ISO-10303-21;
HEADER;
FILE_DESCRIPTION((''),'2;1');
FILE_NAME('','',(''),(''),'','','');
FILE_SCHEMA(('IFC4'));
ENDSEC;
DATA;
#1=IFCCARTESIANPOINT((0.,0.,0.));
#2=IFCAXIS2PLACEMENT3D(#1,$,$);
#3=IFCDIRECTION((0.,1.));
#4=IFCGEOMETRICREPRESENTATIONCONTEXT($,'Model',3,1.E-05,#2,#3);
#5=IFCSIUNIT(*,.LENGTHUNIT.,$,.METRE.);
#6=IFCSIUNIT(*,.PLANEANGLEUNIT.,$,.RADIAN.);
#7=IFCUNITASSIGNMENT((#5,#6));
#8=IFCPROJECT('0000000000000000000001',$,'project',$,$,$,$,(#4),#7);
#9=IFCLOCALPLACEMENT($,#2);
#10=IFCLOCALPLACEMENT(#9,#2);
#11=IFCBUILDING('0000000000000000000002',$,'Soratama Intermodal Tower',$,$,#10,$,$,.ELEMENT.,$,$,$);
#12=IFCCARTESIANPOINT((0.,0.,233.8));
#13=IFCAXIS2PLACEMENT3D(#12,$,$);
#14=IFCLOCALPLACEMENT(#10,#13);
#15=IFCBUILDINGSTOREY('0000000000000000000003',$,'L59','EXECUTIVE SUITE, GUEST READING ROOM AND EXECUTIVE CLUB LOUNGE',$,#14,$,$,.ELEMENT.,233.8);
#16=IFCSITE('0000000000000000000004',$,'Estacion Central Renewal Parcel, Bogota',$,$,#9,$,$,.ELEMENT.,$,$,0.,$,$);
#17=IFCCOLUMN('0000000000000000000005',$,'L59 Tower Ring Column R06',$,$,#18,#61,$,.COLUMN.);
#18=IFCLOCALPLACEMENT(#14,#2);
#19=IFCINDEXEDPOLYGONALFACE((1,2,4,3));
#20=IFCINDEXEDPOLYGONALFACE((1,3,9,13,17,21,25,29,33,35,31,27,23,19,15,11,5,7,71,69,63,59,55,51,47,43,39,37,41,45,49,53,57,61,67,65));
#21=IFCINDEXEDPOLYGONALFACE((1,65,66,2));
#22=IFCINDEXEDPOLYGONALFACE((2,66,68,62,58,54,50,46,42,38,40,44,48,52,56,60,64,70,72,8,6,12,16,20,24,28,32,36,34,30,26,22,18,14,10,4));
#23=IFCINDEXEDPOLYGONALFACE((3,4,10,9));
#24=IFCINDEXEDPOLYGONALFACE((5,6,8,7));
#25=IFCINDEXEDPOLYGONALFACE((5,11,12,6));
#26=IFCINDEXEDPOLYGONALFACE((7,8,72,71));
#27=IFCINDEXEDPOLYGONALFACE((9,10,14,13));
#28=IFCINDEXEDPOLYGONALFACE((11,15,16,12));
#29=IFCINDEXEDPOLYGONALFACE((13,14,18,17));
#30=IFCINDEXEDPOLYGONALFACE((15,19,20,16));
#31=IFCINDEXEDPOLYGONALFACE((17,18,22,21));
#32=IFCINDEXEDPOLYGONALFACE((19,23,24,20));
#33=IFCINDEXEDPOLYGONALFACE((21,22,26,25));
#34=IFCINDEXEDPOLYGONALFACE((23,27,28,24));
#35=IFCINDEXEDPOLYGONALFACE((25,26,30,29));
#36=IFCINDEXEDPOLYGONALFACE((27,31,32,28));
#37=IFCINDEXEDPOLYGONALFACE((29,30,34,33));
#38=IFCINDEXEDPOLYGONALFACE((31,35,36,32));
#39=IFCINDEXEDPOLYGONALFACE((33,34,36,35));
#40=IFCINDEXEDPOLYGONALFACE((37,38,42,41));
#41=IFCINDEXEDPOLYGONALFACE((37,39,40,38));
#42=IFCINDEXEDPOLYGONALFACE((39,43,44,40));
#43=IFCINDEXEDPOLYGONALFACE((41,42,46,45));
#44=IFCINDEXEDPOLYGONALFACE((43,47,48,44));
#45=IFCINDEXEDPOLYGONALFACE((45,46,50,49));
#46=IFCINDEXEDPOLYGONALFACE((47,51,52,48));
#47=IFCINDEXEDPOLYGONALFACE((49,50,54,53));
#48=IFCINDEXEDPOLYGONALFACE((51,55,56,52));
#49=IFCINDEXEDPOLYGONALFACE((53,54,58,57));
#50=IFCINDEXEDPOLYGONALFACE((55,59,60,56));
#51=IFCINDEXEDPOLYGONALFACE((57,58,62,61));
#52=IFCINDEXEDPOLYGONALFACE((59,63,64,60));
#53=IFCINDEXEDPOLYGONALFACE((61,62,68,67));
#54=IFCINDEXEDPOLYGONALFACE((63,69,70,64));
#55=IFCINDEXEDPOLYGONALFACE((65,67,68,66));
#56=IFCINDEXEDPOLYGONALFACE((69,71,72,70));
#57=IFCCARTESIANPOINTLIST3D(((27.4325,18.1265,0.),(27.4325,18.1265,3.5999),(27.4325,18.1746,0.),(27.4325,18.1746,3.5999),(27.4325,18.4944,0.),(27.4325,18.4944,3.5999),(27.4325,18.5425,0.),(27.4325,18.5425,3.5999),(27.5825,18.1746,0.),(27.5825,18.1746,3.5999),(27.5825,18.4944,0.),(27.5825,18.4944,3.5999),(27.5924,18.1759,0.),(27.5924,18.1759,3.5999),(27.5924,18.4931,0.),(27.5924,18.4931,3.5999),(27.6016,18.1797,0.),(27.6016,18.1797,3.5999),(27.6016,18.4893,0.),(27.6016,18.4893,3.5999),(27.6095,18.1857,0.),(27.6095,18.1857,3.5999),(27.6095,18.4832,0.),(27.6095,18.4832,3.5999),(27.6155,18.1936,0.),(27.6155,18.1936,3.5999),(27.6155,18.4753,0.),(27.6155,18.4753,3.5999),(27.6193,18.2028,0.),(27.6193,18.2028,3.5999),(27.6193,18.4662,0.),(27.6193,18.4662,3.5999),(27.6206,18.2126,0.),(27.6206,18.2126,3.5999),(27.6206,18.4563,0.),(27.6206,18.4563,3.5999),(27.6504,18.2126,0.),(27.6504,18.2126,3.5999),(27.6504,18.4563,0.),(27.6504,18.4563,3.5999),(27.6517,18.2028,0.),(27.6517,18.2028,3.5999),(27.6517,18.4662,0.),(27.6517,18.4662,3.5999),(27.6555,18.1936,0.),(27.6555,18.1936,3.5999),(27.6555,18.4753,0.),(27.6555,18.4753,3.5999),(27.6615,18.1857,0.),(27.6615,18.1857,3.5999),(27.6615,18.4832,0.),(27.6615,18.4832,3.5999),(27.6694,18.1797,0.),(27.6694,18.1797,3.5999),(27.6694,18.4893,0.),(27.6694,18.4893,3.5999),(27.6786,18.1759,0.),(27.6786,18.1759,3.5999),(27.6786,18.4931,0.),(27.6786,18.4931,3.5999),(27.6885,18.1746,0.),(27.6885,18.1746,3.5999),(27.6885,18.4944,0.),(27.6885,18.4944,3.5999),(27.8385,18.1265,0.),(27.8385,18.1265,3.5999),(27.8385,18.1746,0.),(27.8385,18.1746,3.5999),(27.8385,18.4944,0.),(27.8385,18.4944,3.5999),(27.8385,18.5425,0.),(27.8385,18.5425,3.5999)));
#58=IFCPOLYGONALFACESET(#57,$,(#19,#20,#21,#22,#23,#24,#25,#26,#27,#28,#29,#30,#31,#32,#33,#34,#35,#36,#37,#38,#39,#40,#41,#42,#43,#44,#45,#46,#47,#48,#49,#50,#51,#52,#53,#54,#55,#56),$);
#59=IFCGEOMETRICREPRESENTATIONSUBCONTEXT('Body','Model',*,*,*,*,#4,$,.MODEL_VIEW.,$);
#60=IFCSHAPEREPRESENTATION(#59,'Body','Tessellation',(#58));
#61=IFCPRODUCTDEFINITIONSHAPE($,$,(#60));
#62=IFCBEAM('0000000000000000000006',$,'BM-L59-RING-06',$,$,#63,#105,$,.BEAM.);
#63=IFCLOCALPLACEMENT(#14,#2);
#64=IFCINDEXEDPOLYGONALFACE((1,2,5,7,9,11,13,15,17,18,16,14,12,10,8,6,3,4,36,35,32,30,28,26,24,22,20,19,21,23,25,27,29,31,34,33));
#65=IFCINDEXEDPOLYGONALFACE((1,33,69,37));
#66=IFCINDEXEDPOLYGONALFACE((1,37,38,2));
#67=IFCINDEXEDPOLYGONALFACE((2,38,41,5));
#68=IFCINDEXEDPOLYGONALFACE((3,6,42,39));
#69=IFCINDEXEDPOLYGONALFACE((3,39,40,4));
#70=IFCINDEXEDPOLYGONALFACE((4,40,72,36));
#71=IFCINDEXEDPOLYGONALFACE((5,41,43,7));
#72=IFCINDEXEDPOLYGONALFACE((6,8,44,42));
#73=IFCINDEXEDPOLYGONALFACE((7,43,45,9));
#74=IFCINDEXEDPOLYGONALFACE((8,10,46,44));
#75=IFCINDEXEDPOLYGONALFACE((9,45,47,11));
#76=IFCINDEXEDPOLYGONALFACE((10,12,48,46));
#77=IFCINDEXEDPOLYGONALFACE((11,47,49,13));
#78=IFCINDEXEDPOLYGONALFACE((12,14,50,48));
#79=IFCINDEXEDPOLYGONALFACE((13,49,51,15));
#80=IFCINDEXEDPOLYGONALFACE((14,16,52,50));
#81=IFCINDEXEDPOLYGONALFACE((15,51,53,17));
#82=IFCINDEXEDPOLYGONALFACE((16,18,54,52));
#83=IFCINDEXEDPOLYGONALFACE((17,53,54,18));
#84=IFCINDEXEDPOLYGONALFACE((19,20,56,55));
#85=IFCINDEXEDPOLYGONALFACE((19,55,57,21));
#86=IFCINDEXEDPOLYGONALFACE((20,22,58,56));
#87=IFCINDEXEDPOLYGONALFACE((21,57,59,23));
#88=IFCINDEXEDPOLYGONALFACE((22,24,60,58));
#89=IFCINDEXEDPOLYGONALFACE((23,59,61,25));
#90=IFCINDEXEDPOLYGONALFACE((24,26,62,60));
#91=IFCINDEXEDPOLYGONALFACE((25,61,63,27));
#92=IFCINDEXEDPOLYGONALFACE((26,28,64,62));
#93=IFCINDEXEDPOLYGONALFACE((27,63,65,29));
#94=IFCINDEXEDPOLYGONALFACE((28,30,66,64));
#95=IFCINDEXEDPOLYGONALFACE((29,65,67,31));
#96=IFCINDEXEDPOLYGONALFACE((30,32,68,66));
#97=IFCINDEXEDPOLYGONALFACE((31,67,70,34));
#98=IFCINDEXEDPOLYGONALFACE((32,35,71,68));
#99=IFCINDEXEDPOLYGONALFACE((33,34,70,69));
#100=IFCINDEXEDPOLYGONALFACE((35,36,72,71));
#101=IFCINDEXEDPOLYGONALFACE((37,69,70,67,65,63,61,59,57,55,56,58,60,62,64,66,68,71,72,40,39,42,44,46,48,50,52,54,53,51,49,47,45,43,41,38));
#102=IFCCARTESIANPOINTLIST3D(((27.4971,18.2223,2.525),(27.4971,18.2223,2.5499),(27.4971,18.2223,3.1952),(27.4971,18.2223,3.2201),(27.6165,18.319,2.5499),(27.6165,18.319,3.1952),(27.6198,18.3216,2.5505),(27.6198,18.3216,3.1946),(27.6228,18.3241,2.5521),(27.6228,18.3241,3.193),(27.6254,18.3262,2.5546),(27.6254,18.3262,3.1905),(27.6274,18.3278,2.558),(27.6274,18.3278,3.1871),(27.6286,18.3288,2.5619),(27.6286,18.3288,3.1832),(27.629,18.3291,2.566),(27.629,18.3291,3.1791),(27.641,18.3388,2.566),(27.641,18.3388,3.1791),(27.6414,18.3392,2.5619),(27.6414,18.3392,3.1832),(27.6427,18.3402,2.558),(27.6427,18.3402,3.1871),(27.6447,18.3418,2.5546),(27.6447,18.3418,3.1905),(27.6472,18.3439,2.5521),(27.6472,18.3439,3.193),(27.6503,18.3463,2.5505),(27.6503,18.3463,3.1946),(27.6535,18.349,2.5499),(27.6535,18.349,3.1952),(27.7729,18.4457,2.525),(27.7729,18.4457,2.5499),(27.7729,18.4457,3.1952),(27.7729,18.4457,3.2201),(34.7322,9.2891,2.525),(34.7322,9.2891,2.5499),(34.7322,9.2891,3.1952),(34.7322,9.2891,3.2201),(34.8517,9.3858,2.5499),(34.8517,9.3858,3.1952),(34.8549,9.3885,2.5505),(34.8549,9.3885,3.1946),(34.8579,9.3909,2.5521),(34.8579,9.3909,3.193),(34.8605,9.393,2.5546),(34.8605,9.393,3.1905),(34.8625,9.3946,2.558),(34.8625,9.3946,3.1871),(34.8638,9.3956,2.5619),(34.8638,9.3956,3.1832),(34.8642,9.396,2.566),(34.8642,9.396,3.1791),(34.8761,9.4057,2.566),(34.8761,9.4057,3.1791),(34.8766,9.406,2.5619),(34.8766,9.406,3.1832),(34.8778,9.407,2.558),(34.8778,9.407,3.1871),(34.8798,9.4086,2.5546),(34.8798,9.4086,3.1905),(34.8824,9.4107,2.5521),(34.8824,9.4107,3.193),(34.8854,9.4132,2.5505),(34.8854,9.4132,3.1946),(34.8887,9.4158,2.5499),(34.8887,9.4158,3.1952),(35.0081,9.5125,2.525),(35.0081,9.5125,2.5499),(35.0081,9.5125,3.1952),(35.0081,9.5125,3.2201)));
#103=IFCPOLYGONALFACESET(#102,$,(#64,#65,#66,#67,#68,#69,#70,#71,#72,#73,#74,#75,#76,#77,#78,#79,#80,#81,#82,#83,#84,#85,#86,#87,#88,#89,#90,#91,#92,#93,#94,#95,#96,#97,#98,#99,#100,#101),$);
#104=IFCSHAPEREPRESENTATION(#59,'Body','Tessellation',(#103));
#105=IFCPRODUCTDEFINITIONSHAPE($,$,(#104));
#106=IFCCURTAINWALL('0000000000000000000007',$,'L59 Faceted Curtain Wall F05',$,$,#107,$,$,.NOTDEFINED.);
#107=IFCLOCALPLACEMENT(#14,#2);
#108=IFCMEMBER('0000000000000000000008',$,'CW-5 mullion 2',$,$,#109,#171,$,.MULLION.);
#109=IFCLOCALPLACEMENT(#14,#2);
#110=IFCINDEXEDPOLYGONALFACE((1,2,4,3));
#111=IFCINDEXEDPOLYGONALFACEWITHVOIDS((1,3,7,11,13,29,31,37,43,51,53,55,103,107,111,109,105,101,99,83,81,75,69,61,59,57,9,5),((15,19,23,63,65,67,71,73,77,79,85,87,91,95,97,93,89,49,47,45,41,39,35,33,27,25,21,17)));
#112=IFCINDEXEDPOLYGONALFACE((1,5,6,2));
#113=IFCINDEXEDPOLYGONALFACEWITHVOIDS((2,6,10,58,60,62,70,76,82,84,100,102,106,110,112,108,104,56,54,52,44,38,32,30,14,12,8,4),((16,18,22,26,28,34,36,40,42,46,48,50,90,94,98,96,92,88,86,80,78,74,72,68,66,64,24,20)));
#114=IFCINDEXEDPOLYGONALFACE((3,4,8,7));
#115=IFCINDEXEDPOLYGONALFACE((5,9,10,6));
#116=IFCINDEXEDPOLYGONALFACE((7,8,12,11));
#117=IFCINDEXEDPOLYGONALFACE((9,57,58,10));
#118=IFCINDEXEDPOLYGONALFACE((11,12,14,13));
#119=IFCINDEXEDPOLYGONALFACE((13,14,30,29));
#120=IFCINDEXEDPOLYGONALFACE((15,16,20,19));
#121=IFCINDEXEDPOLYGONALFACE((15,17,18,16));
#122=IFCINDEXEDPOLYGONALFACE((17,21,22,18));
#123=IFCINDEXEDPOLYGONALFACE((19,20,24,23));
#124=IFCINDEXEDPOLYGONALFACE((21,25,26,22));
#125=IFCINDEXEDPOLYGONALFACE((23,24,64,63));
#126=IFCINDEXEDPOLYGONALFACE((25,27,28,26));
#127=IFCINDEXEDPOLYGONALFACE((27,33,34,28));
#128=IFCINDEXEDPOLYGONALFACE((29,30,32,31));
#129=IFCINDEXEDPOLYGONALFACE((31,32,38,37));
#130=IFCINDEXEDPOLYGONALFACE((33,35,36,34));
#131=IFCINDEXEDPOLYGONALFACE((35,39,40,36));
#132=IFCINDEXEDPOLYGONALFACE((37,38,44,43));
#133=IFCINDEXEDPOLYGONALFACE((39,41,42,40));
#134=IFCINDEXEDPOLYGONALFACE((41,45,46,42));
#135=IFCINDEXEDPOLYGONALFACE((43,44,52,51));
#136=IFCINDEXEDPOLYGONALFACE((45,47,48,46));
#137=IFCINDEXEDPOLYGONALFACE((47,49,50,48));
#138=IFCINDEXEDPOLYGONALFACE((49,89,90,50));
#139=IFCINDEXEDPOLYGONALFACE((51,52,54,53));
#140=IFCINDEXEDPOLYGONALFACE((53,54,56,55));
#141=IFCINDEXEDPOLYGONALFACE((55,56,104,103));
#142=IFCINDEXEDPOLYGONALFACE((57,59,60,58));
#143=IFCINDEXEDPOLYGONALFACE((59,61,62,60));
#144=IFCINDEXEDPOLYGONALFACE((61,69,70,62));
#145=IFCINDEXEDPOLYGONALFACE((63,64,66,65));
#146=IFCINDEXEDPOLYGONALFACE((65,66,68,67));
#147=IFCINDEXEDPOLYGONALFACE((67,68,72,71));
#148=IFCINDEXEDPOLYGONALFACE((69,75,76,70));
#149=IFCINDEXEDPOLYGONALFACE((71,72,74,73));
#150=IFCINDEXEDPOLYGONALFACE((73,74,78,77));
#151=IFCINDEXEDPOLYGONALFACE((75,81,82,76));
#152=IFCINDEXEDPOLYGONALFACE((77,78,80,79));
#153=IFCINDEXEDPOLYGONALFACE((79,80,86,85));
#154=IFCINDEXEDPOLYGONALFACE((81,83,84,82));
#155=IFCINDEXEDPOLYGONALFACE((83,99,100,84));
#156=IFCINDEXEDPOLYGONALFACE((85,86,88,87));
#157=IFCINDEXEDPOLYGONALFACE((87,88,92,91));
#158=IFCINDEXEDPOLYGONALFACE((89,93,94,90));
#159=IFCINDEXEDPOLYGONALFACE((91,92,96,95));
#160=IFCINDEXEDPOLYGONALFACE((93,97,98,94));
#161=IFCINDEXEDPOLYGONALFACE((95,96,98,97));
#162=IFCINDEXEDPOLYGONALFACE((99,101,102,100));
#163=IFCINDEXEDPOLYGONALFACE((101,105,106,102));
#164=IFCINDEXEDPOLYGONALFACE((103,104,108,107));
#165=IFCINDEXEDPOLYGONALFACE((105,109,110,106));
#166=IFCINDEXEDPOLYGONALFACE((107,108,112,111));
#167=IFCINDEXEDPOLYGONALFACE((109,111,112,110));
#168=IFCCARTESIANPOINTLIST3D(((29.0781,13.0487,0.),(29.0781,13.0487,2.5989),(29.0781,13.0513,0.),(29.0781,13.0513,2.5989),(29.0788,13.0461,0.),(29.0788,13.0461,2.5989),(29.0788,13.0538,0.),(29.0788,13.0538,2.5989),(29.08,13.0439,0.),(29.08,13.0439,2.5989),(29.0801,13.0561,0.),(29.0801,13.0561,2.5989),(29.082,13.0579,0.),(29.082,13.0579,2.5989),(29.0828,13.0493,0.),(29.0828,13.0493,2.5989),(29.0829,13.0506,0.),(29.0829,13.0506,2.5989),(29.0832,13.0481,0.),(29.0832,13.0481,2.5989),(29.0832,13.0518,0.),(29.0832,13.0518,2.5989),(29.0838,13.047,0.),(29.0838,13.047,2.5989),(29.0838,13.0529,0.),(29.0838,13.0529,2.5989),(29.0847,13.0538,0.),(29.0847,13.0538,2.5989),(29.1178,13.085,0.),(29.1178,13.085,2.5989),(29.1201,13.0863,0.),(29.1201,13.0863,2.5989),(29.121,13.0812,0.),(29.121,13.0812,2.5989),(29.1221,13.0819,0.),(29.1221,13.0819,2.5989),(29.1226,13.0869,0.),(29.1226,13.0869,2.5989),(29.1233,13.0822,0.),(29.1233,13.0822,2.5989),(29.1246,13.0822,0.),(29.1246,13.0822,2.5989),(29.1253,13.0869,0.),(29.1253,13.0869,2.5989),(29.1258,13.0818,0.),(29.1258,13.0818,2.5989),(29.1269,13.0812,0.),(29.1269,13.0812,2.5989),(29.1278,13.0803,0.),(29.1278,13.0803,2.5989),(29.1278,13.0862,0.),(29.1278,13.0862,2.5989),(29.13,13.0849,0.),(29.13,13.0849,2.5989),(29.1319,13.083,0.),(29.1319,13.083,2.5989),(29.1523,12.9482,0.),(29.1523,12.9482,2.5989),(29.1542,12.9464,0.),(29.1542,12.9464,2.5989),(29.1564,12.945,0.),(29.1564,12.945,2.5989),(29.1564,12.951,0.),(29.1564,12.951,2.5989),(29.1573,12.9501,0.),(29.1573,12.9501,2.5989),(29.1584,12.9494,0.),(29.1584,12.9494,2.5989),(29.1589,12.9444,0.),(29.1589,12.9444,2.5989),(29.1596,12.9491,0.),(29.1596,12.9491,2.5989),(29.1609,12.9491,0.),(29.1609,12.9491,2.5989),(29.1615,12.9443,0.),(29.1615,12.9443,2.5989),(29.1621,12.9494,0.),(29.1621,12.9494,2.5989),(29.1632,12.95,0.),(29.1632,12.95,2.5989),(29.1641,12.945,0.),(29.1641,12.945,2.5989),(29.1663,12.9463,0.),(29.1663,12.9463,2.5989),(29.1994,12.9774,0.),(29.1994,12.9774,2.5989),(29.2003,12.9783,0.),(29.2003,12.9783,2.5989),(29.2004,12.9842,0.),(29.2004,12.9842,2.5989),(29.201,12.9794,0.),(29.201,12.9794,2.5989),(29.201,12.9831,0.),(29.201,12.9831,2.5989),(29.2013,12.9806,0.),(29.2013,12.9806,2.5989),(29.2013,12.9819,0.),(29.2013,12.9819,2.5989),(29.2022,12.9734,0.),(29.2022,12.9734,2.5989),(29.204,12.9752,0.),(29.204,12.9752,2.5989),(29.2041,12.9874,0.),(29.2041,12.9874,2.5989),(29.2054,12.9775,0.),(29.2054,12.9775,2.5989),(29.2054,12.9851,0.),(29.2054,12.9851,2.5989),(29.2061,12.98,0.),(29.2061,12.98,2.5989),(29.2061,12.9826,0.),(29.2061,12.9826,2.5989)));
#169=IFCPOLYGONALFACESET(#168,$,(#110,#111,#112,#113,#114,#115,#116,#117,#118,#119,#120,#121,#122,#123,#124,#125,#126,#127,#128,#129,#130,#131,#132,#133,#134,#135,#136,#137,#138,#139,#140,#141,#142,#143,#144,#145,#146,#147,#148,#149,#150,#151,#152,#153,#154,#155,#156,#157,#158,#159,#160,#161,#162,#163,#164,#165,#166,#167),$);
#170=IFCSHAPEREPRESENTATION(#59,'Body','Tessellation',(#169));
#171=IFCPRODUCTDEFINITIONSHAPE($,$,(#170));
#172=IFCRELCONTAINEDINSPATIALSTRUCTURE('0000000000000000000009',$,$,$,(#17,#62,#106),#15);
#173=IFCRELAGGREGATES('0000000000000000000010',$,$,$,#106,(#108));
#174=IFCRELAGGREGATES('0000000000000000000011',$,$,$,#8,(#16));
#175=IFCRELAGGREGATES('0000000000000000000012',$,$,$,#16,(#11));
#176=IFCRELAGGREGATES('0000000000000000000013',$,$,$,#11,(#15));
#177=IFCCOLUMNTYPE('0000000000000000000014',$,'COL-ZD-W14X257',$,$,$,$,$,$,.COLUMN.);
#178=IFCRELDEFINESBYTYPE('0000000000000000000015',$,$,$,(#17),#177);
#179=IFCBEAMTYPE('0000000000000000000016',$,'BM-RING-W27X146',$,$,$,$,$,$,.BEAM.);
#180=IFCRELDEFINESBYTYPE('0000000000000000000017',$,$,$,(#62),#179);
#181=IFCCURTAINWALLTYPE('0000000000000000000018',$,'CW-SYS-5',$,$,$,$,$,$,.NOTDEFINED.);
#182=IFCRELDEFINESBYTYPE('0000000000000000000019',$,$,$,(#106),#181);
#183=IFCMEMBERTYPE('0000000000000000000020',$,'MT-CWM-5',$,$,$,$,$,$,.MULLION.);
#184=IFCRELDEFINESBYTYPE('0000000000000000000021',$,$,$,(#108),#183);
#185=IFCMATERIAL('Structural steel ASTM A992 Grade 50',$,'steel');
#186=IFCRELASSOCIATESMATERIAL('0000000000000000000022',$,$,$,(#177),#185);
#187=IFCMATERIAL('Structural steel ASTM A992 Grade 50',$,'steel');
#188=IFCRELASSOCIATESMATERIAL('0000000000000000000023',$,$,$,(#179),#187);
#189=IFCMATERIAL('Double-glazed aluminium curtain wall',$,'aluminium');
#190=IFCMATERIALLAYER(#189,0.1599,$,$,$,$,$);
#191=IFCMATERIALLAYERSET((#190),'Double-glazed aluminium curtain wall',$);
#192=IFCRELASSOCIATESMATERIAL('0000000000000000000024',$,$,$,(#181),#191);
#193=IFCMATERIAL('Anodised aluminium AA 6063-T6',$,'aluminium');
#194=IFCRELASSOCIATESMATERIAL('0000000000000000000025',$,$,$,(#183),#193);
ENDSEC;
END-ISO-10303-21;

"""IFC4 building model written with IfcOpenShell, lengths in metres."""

from ifc_helpers import new_model, si_unit, direction, frame, origin, origin_2d, place, context, subcontext, project, spatial, hollow_rectangle, i_section, extrude, material, layer, layer_set, material_profile, profile_set, type_object, element, aggregate, save


model = new_model("IFC4")

# Units and contexts
model_context = context("Model", 3, precision=1e-05, world=origin(), true_north=direction((0.0, 1.0)))
body_context = subcontext(model_context, "Body", "Model", "MODEL_VIEW")
ifc_project = project(units=[si_unit("LENGTHUNIT", "METRE"), si_unit("PLANEANGLEUNIT", "RADIAN")], contexts=[model_context])

# Site, building, storey
site_placement = place(None, origin())
site = spatial("IfcSite", under=ifc_project, at=site_placement, Name="Estacion Central Renewal Parcel, Bogota", CompositionType="ELEMENT", RefElevation=0.0)
building_placement = place(site_placement, origin())
building = spatial("IfcBuilding", under=site, at=building_placement, Name="Soratama Intermodal Tower", CompositionType="ELEMENT")
storey_placement = place(building_placement, frame((0.0, 0.0, 233.8)))
storey = spatial("IfcBuildingStorey", under=building, at=storey_placement, Name="L59", Description="EXECUTIVE SUITE, GUEST READING ROOM AND EXECUTIVE CLUB LOUNGE", CompositionType="ELEMENT", Elevation=233.8)

# Column
ifc_material_1 = material(Name="Structural steel ASTM A992 Grade 50", Category="steel")
ifc_material_profile_1 = material_profile(ifc_material_1, i_section(OverallWidth=0.406, OverallDepth=0.416, WebThickness=0.0298, FlangeThickness=0.0481, FilletRadius=0.0381, at=origin_2d()), Name="W14X257")
ifc_profile_set_1 = profile_set([ifc_material_profile_1], Name="Structural steel ASTM A992 Grade 50")
column_type = type_object("IfcColumnType", Name="COL-ZD-W14X257", PredefinedType="COLUMN", material=ifc_profile_set_1)
column_placement = place(storey_placement, frame((27.6355, 18.3345, 0.0), z_axis=(0.0, 0.0, 1.0), x_axis=(1.0, 0.0, 0.0)))
element("IfcColumn", 1, at=column_placement, inside=storey, type_object=column_type, Name="L59 Tower Ring Column R06", PredefinedType="COLUMN", context=body_context, shape_type="SweptSolid", body=[
    extrude(i_section(OverallWidth=0.406, OverallDepth=0.416, WebThickness=0.0298, FlangeThickness=0.0481, FilletRadius=0.0381, at=origin_2d()), origin(), (0.0, 0.0, 1.0), 3.5999),
])

# Beam
ifc_material_2 = material(Name="Structural steel ASTM A992 Grade 50", Category="steel")
ifc_material_profile_2 = material_profile(ifc_material_2, i_section(OverallWidth=0.355, OverallDepth=0.6951, WebThickness=0.0154, FlangeThickness=0.0249, FilletRadius=0.0161, at=origin_2d()), Name="W27X146")
ifc_profile_set_2 = profile_set([ifc_material_profile_2], Name="Structural steel ASTM A992 Grade 50")
beam_type = type_object("IfcBeamType", Name="BM-RING-W27X146", PredefinedType="BEAM", material=ifc_profile_set_2)
beam_placement = place(storey_placement, frame((27.635, 18.334, 2.8726), z_axis=(0.629385, -0.777094, 0.0), x_axis=(0.777094, 0.629385, 0.0)))
element("IfcBeam", 2, at=beam_placement, inside=storey, type_object=beam_type, Name="BM-L59-RING-06", PredefinedType="BEAM", context=body_context, shape_type="SweptSolid", body=[
    extrude(i_section(OverallWidth=0.355, OverallDepth=0.6951, WebThickness=0.0154, FlangeThickness=0.0249, FilletRadius=0.0161, at=origin_2d()), origin(), (0.0, 0.0, 1.0), 11.4956),
])

# Curtain wall, member
ifc_material_3 = material(Name="Double-glazed aluminium curtain wall", Category="aluminium")
ifc_layer_1 = layer(ifc_material_3, 0.1599)
ifc_layer_set_1 = layer_set([ifc_layer_1], Name="Double-glazed aluminium curtain wall")
curtain_wall_type = type_object("IfcCurtainWallType", Name="CW-SYS-5", PredefinedType="NOTDEFINED", material=ifc_layer_set_1)
curtain_wall_placement = place(storey_placement, origin())
curtain_wall = element("IfcCurtainWall", 3, at=curtain_wall_placement, inside=storey, type_object=curtain_wall_type, Name="L59 Faceted Curtain Wall F05", PredefinedType="NOTDEFINED")
ifc_material_4 = material(Name="Anodised aluminium AA 6063-T6", Category="aluminium")
ifc_material_profile_3 = material_profile(ifc_material_4, hollow_rectangle(XDim=0.0649, YDim=0.1399, WallThickness=0.0049, InnerFilletRadius=0.0049, OuterFilletRadius=0.01, at=origin_2d()), Name="CWM140X65X5")
ifc_profile_set_3 = profile_set([ifc_material_profile_3], Name="Anodised aluminium AA 6063-T6")
member_type_1 = type_object("IfcMemberType", Name="MT-CWM-5", PredefinedType="MULLION", material=ifc_profile_set_3)
member_1_placement = place(storey_placement, frame((29.1421, 13.0156, 0.0), z_axis=(0.0, 0.0, 1.0), x_axis=(0.797794, 0.602931, 0.0)))
member_1 = element("IfcMember", 4, at=member_1_placement, type_object=member_type_1, Name="CW-5 mullion 2", PredefinedType="MULLION", context=body_context, shape_type="SweptSolid", body=[
    extrude(hollow_rectangle(XDim=0.0649, YDim=0.1399, WallThickness=0.0049, InnerFilletRadius=0.0049, OuterFilletRadius=0.01, at=origin_2d()), origin(), (0.0, 0.0, 1.0), 2.5989),
])
aggregate(curtain_wall, [member_1])

save(model, "model.ifc")
